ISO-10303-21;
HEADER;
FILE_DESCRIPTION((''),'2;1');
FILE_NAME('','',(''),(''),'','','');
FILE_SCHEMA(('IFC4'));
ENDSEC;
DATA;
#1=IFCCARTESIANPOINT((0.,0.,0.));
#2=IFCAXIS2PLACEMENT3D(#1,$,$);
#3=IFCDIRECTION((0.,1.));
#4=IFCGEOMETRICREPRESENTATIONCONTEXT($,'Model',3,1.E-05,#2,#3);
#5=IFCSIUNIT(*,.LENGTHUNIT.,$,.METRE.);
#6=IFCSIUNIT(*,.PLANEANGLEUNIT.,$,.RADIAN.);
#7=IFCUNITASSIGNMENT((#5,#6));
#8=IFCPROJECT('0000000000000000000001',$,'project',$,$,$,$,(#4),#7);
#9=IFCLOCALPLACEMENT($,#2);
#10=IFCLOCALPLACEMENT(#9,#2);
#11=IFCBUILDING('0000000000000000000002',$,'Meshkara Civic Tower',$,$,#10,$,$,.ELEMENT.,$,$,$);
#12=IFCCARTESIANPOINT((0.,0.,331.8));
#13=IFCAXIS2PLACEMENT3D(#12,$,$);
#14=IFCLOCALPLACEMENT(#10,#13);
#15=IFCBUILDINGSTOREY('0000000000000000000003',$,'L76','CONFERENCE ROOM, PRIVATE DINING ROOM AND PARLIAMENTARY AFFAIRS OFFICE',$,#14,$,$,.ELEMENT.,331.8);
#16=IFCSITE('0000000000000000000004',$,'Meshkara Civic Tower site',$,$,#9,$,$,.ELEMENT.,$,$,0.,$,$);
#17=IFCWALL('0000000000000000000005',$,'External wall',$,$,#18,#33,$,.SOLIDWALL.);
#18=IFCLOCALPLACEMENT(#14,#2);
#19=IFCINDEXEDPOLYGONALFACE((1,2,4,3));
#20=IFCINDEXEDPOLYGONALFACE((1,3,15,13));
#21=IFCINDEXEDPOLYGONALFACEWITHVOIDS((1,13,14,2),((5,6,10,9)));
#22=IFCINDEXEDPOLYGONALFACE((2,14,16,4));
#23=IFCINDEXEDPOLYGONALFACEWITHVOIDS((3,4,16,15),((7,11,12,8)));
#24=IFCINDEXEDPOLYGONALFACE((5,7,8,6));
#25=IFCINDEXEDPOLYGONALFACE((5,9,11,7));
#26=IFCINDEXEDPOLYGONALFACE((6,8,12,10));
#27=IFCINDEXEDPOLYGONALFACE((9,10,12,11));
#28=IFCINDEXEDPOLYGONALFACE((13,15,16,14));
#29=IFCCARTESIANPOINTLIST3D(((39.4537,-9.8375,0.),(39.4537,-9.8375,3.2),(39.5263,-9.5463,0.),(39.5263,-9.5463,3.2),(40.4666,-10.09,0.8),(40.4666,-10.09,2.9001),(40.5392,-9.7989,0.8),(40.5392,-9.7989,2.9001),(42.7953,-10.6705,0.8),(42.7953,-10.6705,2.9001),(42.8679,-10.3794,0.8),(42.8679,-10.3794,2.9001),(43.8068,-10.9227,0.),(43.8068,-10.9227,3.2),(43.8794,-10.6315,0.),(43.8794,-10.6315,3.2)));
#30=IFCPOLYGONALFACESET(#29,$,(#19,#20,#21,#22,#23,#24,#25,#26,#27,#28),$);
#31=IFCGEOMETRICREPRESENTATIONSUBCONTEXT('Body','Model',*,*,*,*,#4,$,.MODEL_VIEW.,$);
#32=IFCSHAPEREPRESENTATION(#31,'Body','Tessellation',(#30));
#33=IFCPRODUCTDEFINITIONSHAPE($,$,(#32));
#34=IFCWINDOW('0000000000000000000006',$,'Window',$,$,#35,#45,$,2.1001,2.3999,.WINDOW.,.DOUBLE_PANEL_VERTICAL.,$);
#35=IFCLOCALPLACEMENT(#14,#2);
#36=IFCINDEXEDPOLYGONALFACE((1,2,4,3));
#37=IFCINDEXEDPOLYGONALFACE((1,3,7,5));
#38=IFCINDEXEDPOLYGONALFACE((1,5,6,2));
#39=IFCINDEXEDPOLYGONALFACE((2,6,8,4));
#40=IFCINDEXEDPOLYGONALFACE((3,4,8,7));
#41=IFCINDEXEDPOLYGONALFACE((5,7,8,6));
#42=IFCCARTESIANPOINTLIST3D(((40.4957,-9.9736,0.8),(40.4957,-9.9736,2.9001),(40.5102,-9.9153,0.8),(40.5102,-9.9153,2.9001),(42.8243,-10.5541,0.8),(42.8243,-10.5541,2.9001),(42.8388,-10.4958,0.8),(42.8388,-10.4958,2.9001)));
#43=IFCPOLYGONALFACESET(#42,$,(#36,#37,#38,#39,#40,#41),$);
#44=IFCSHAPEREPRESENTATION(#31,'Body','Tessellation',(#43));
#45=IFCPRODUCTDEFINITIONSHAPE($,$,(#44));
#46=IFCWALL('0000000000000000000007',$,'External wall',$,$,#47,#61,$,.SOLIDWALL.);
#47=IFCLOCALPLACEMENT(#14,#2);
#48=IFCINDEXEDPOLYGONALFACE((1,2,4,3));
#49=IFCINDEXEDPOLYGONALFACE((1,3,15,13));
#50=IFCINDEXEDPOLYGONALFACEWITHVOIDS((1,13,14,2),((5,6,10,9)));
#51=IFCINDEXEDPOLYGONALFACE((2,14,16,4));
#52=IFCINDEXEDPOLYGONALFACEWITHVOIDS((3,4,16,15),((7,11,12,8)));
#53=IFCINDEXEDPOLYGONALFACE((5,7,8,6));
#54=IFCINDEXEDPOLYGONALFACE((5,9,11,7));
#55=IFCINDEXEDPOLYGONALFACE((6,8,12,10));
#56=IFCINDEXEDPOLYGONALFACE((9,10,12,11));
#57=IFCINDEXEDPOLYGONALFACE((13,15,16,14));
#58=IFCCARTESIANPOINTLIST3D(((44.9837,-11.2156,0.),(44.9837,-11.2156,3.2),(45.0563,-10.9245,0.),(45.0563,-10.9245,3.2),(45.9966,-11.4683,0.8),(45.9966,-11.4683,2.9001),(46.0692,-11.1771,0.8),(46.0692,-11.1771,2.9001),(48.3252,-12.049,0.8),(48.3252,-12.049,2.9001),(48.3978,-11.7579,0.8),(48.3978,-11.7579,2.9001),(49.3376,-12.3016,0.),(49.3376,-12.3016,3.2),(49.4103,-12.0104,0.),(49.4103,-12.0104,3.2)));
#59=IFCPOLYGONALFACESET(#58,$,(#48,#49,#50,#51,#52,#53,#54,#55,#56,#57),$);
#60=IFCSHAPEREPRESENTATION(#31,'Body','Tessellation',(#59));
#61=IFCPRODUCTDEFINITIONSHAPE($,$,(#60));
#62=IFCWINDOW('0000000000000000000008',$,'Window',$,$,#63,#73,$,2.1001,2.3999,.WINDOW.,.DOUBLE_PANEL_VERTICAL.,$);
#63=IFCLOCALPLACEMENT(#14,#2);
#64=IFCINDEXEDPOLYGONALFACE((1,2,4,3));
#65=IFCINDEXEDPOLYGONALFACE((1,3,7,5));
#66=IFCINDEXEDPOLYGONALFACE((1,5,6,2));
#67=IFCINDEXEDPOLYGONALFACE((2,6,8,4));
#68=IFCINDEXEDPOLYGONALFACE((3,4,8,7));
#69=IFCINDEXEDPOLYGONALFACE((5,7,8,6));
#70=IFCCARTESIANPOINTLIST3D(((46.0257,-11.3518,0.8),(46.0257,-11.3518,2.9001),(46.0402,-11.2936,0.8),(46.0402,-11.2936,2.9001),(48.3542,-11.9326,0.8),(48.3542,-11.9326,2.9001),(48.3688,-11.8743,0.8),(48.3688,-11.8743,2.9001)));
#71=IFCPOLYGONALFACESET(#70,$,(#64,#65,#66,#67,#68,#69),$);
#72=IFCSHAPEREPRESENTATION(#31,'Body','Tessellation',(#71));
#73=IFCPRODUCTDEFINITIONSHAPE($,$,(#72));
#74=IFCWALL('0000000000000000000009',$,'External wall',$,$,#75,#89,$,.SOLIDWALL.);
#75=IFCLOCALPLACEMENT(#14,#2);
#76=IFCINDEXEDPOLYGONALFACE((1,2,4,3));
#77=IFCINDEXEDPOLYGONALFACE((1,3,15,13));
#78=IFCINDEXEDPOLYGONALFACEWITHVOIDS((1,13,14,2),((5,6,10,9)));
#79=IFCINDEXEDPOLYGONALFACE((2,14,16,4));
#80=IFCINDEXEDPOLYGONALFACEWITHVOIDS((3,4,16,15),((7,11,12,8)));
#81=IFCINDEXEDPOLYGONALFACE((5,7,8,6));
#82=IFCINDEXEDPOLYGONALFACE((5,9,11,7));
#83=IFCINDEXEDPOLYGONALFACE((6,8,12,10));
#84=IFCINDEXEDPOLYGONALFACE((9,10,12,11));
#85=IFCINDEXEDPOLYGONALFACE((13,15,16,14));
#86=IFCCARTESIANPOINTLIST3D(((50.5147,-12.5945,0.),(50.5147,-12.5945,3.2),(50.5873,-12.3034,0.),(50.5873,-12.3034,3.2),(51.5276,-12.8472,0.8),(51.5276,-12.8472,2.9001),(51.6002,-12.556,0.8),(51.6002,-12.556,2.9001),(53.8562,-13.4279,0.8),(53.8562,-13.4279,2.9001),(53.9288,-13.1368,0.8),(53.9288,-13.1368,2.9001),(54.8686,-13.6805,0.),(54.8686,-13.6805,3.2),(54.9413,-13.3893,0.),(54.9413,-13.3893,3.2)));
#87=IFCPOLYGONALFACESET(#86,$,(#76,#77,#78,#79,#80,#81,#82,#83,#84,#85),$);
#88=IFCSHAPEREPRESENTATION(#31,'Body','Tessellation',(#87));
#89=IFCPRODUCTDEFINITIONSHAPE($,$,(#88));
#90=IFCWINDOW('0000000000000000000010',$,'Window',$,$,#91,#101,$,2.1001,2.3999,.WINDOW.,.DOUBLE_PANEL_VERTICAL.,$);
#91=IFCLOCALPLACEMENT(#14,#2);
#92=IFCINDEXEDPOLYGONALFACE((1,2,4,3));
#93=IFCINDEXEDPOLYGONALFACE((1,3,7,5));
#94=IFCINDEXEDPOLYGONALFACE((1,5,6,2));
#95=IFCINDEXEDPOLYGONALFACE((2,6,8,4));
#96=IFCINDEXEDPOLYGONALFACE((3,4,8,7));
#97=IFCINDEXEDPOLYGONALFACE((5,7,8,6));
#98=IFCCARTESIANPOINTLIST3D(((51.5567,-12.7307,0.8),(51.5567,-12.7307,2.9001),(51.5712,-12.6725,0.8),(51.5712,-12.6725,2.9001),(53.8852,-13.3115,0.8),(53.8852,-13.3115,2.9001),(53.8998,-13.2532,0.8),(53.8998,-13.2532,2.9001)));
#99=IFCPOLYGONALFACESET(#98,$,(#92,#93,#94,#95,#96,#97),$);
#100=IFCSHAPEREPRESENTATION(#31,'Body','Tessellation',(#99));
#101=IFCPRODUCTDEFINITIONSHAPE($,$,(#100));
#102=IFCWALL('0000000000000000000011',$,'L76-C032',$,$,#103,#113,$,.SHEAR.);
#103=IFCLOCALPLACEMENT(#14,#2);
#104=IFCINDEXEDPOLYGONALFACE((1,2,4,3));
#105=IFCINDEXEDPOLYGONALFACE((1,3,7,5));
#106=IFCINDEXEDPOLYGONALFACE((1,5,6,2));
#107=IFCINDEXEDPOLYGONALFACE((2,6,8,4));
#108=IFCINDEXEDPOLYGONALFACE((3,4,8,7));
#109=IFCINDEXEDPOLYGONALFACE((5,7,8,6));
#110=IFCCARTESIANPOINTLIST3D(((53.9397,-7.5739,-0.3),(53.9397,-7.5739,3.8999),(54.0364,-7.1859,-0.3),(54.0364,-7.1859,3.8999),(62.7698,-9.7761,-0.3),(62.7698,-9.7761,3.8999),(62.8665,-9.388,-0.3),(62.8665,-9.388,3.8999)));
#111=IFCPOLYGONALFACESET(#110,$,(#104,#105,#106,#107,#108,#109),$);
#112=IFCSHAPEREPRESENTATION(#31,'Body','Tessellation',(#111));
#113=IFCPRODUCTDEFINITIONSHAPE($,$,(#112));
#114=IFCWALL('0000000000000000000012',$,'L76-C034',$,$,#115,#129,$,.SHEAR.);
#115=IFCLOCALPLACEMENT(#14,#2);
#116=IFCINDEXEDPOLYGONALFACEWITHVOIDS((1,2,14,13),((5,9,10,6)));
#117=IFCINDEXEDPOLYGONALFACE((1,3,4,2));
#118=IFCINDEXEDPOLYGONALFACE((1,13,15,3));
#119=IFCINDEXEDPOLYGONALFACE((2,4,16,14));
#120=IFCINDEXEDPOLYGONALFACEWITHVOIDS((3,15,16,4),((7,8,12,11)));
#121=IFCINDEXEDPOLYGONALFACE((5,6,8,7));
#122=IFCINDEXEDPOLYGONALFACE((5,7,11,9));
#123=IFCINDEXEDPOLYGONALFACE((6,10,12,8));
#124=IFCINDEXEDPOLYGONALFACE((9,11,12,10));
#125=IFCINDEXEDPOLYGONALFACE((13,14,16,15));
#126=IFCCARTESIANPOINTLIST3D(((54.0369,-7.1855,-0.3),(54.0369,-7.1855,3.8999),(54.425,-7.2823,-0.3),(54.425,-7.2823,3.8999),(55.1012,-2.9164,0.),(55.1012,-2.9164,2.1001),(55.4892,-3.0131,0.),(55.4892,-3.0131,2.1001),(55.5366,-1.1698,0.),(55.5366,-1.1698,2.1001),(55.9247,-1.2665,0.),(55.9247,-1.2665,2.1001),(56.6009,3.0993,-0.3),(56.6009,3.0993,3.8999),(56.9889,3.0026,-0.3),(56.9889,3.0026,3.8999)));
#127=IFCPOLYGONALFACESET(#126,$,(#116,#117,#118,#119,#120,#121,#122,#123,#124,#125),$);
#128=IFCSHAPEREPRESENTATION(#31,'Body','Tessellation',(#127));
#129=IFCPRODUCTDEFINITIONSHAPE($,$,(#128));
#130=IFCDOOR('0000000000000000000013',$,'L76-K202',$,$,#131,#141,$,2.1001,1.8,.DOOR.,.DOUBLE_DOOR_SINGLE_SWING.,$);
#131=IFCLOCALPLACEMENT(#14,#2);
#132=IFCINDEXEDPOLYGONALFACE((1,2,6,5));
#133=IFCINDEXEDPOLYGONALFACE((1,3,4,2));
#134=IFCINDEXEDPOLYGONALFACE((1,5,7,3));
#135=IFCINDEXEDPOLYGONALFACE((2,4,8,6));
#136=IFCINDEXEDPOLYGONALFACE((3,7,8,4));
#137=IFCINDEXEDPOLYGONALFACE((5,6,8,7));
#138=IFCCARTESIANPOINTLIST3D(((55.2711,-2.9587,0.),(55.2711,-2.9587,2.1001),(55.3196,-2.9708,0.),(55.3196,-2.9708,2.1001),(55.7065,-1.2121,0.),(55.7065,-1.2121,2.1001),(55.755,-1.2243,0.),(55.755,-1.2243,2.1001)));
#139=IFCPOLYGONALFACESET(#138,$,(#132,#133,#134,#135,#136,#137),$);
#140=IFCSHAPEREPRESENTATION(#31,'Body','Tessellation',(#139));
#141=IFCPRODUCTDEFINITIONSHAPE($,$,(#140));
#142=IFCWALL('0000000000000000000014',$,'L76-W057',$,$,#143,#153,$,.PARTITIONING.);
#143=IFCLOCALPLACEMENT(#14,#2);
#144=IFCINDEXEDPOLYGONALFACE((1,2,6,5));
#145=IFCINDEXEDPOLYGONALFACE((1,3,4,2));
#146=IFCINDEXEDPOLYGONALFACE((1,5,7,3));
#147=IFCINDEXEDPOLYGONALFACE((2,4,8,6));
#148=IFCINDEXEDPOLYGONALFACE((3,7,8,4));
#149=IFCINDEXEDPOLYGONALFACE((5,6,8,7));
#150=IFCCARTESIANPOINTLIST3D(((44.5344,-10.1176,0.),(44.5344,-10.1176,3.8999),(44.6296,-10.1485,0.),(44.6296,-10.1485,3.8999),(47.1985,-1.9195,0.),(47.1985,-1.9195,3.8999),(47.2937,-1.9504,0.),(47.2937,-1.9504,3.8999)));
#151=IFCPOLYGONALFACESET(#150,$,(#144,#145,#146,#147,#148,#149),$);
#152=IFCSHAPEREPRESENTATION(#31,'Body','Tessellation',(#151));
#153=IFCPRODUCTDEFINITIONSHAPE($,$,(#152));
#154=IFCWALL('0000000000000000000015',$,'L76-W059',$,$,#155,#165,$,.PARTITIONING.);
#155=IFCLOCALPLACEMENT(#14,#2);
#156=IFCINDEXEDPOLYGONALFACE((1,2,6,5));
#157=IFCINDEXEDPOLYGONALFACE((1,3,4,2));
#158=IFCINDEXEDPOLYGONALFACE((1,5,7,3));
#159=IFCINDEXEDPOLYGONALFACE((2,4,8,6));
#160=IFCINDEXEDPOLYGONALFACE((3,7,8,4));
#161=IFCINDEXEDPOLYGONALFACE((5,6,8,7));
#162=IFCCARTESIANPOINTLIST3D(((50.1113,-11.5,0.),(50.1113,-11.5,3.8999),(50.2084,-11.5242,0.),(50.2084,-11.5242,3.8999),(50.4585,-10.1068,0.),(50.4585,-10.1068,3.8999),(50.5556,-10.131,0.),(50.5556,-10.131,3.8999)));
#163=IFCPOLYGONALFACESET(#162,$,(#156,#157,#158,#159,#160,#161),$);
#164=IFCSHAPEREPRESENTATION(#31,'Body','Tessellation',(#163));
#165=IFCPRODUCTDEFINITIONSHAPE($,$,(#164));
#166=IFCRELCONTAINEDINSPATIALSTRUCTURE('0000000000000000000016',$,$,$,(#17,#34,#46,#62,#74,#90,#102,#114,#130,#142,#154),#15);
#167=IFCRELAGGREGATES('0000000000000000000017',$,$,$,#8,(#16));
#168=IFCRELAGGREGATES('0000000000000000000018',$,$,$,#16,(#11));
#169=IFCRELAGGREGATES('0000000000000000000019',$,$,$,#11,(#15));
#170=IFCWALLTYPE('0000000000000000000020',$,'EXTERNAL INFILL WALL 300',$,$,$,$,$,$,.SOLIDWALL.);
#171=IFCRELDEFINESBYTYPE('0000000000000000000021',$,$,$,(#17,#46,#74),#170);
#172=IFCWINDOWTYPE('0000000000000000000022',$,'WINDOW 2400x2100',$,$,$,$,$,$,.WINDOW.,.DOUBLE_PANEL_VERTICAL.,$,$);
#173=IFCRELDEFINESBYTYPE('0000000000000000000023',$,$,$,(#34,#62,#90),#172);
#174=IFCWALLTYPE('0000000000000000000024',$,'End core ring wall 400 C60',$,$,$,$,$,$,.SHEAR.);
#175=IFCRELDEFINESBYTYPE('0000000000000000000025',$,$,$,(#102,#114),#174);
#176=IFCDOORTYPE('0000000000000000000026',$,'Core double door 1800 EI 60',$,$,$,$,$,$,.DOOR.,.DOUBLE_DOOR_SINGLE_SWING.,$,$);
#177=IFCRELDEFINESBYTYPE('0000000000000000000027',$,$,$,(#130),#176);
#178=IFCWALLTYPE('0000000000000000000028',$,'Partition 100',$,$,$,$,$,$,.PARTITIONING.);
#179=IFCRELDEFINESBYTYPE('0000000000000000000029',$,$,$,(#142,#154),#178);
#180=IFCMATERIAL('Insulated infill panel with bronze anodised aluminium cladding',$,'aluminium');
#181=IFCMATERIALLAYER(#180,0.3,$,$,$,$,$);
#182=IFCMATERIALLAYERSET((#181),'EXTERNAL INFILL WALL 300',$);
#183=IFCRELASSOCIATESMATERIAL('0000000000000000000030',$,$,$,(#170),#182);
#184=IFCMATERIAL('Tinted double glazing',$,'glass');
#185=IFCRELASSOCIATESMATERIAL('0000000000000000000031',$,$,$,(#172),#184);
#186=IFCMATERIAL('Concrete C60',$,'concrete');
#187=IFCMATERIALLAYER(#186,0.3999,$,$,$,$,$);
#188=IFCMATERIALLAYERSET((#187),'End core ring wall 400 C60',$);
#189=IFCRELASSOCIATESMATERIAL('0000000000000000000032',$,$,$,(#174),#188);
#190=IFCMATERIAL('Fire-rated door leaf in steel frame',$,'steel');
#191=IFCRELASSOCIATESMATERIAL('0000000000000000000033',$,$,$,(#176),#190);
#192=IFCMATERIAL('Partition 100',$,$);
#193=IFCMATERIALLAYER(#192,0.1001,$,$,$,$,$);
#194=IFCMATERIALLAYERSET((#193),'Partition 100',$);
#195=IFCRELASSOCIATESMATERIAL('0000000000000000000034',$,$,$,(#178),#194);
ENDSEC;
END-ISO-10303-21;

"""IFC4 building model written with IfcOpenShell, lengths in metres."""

from ifc_helpers import new_model, si_unit, direction, frame, frame_2d, origin, place, context, subcontext, project, spatial, rectangle, extrude, material, layer, layer_set, type_object, element, fill, save


model = new_model("IFC4")

# Units and contexts
model_context = context("Model", 3, precision=1e-05, world=origin(), true_north=direction((0.0, 1.0)))
body_context = subcontext(model_context, "Body", "Model", "MODEL_VIEW")
ifc_project = project(units=[si_unit("LENGTHUNIT", "METRE"), si_unit("PLANEANGLEUNIT", "RADIAN")], contexts=[model_context])

# Site, building, storey
site_placement = place(None, origin())
site = spatial("IfcSite", under=ifc_project, at=site_placement, Name="Meshkara Civic Tower site", CompositionType="ELEMENT", RefElevation=0.0)
building_placement = place(site_placement, origin())
building = spatial("IfcBuilding", under=site, at=building_placement, Name="Meshkara Civic Tower", CompositionType="ELEMENT")
storey_placement = place(building_placement, frame((0.0, 0.0, 331.8)))
storey = spatial("IfcBuildingStorey", under=building, at=storey_placement, Name="L76", Description="CONFERENCE ROOM, PRIVATE DINING ROOM AND PARLIAMENTARY AFFAIRS OFFICE", CompositionType="ELEMENT", Elevation=331.8)

# Walls, openings, windows
ifc_material_1 = material(Name="Insulated infill panel with bronze anodised aluminium cladding", Category="aluminium")
ifc_layer_1 = layer(ifc_material_1, 0.3)
ifc_layer_set_1 = layer_set([ifc_layer_1], Name="EXTERNAL INFILL WALL 300")
wall_type_1 = type_object("IfcWallType", Name="EXTERNAL INFILL WALL 300", PredefinedType="SOLIDWALL", material=ifc_layer_set_1)
wall_1_placement = place(storey_placement, frame((39.49, -9.6919, 0.0), z_axis=(0.0, 0.0, 1.0), x_axis=(0.970302, -0.241895, 0.0)))
wall_1 = element("IfcWall", 1, at=wall_1_placement, inside=storey, type_object=wall_type_1, Name="External wall", PredefinedType="SOLIDWALL", context=body_context, shape_type="SweptSolid", body=[
    extrude(rectangle(XDim=4.4863, YDim=0.3, at=frame_2d((2.2432, 0.0))), origin(), (0.0, 0.0, 1.0), 3.2),
])
opening_1_placement = place(wall_1_placement, frame((1.0439, 0.0, 0.8)))
opening_1 = element("IfcOpeningElement", 2, at=opening_1_placement, cuts=wall_1, PredefinedType="OPENING", context=body_context, shape_type="SweptSolid", body=[
    extrude(rectangle(XDim=2.3999, YDim=2.1001, at=frame_2d((1.2, 1.05))), frame((0.0, 0.1599, 0.0), z_axis=(0.0, -1.0, 0.0), x_axis=(1.0, 0.0, 0.0)), (0.0, 0.0, 1.0), 0.3201),
])
ifc_material_2 = material(Name="Tinted double glazing", Category="glass")
window_type = type_object("IfcWindowType", Name="WINDOW 2400x2100", PartitioningType="DOUBLE_PANEL_VERTICAL", PredefinedType="WINDOW", material=ifc_material_2)
window_1_placement = place(opening_1_placement, origin())
window_1 = element("IfcWindow", 3, at=window_1_placement, inside=storey, type_object=window_type, Name="Window", OverallHeight=2.1001, OverallWidth=2.3999, PartitioningType="DOUBLE_PANEL_VERTICAL", PredefinedType="WINDOW", context=body_context, shape_type="SweptSolid", body=[
    extrude(rectangle(XDim=2.3999, YDim=2.1001, at=frame_2d((1.2, 1.05))), frame((0.0, 0.03, 0.0), z_axis=(0.0, -1.0, 0.0), x_axis=(1.0, 0.0, 0.0)), (0.0, 0.0, 1.0), 0.0601),
])
fill(opening_1, window_1)
wall_2_placement = place(storey_placement, frame((45.02, -11.0701, 0.0), z_axis=(0.0, 0.0, 1.0), x_axis=(0.970277, -0.241998, 0.0)))
wall_2 = element("IfcWall", 4, at=wall_2_placement, inside=storey, type_object=wall_type_1, Name="External wall", PredefinedType="SOLIDWALL", context=body_context, shape_type="SweptSolid", body=[
    extrude(rectangle(XDim=4.4873, YDim=0.3, at=frame_2d((2.2437, 0.0))), origin(), (0.0, 0.0, 1.0), 3.2),
])
opening_2_placement = place(wall_2_placement, frame((1.0439, 0.0, 0.8)))
opening_2 = element("IfcOpeningElement", 5, at=opening_2_placement, cuts=wall_2, PredefinedType="OPENING", context=body_context, shape_type="SweptSolid", body=[
    extrude(rectangle(XDim=2.3999, YDim=2.1001, at=frame_2d((1.2, 1.05))), frame((0.0, 0.1599, 0.0), z_axis=(0.0, -1.0, 0.0), x_axis=(1.0, 0.0, 0.0)), (0.0, 0.0, 1.0), 0.3201),
])
window_2_placement = place(opening_2_placement, origin())
window_2 = element("IfcWindow", 6, at=window_2_placement, inside=storey, type_object=window_type, Name="Window", OverallHeight=2.1001, OverallWidth=2.3999, PartitioningType="DOUBLE_PANEL_VERTICAL", PredefinedType="WINDOW", context=body_context, shape_type="SweptSolid", body=[
    extrude(rectangle(XDim=2.3999, YDim=2.1001, at=frame_2d((1.2, 1.05))), frame((0.0, 0.03, 0.0), z_axis=(0.0, -1.0, 0.0), x_axis=(1.0, 0.0, 0.0)), (0.0, 0.0, 1.0), 0.0601),
])
fill(opening_2, window_2)
wall_3_placement = place(storey_placement, frame((50.551, -12.449, 0.0), z_axis=(0.0, 0.0, 1.0), x_axis=(0.970277, -0.241998, 0.0)))
wall_3 = element("IfcWall", 7, at=wall_3_placement, inside=storey, type_object=wall_type_1, Name="External wall", PredefinedType="SOLIDWALL", context=body_context, shape_type="SweptSolid", body=[
    extrude(rectangle(XDim=4.4873, YDim=0.3, at=frame_2d((2.2437, 0.0))), origin(), (0.0, 0.0, 1.0), 3.2),
])
opening_3_placement = place(wall_3_placement, frame((1.0439, 0.0, 0.8)))
opening_3 = element("IfcOpeningElement", 8, at=opening_3_placement, cuts=wall_3, PredefinedType="OPENING", context=body_context, shape_type="SweptSolid", body=[
    extrude(rectangle(XDim=2.3999, YDim=2.1001, at=frame_2d((1.2, 1.05))), frame((0.0, 0.1599, 0.0), z_axis=(0.0, -1.0, 0.0), x_axis=(1.0, 0.0, 0.0)), (0.0, 0.0, 1.0), 0.3201),
])
window_3_placement = place(opening_3_placement, origin())
window_3 = element("IfcWindow", 9, at=window_3_placement, inside=storey, type_object=window_type, Name="Window", OverallHeight=2.1001, OverallWidth=2.3999, PartitioningType="DOUBLE_PANEL_VERTICAL", PredefinedType="WINDOW", context=body_context, shape_type="SweptSolid", body=[
    extrude(rectangle(XDim=2.3999, YDim=2.1001, at=frame_2d((1.2, 1.05))), frame((0.0, 0.03, 0.0), z_axis=(0.0, -1.0, 0.0), x_axis=(1.0, 0.0, 0.0)), (0.0, 0.0, 1.0), 0.0601),
])
fill(opening_3, window_3)

# Wall
ifc_material_3 = material(Name="Concrete C60", Category="concrete")
ifc_layer_2 = layer(ifc_material_3, 0.3999)
ifc_layer_set_2 = layer_set([ifc_layer_2], Name="End core ring wall 400 C60")
wall_type_2 = type_object("IfcWallType", Name="End core ring wall 400 C60", PredefinedType="SHEAR", material=ifc_layer_set_2)
wall_4_placement = place(storey_placement, frame((53.988, -7.3799, -0.3), z_axis=(0.0, 0.0, 1.0), x_axis=(0.970281, -0.24198, 0.0)))
element("IfcWall", 10, at=wall_4_placement, inside=storey, type_object=wall_type_2, Name="L76-C032", PredefinedType="SHEAR", context=body_context, shape_type="SweptSolid", body=[
    extrude(rectangle(XDim=9.1006, YDim=0.3999, at=frame_2d((4.5503, 0.0))), origin(), (0.0, 0.0, 1.0), 4.2),
])

# Wall, opening, door
wall_5_placement = place(storey_placement, frame((54.231, -7.2339, -0.3), z_axis=(0.0, 0.0, 1.0), x_axis=(0.241891, 0.970304, 0.0)))
wall_5 = element("IfcWall", 11, at=wall_5_placement, inside=storey, type_object=wall_type_2, Name="L76-C034", PredefinedType="SHEAR", context=body_context, shape_type="SweptSolid", body=[
    extrude(rectangle(XDim=10.5996, YDim=0.3999, at=frame_2d((5.2998, 0.0))), origin(), (0.0, 0.0, 1.0), 4.2),
])
opening_4_placement = place(wall_5_placement, frame((4.3999, 0.0, 0.3)))
opening_4 = element("IfcOpeningElement", 12, at=opening_4_placement, cuts=wall_5, PredefinedType="OPENING", context=body_context, shape_type="SweptSolid", body=[
    extrude(rectangle(XDim=1.8, YDim=2.1001, at=frame_2d((0.8999, 1.05))), frame((0.0, 0.21, 0.0), z_axis=(0.0, -1.0, 0.0), x_axis=(1.0, 0.0, 0.0)), (0.0, 0.0, 1.0), 0.4199),
])
ifc_material_4 = material(Name="Fire-rated door leaf in steel frame", Category="steel")
door_type_1 = type_object("IfcDoorType", Name="Core double door 1800 EI 60", OperationType="DOUBLE_DOOR_SINGLE_SWING", PredefinedType="DOOR", material=ifc_material_4)
door_1_placement = place(opening_4_placement, origin())
door_1 = element("IfcDoor", 13, at=door_1_placement, inside=storey, type_object=door_type_1, Name="L76-K202", OperationType="DOUBLE_DOOR_SINGLE_SWING", OverallHeight=2.1001, OverallWidth=1.8, PredefinedType="DOOR", context=body_context, shape_type="SweptSolid", body=[
    extrude(rectangle(XDim=1.8, YDim=2.1001, at=frame_2d((0.8999, 1.05))), frame((0.0, 0.0249, 0.0), z_axis=(0.0, -1.0, 0.0), x_axis=(1.0, 0.0, 0.0)), (0.0, 0.0, 1.0), 0.05),
])
fill(opening_4, door_1)

# Walls
ifc_material_5 = material(Name="Partition 100")
ifc_layer_3 = layer(ifc_material_5, 0.1001)
ifc_layer_set_3 = layer_set([ifc_layer_3], Name="Partition 100")
wall_type_3 = type_object("IfcWallType", Name="Partition 100", PredefinedType="PARTITIONING", material=ifc_layer_set_3)
wall_6_placement = place(storey_placement, frame((44.582, -10.1331, 0.0), z_axis=(0.0, 0.0, 1.0), x_axis=(0.309056, 0.951044, 0.0)))
element("IfcWall", 14, at=wall_6_placement, inside=storey, type_object=wall_type_3, Name="L76-W057", PredefinedType="PARTITIONING", context=body_context, shape_type="SweptSolid", body=[
    extrude(rectangle(XDim=8.6201, YDim=0.1001, at=frame_2d((4.3101, 0.0))), origin(), (0.0, 0.0, 1.0), 3.8999),
])
wall_7_placement = place(storey_placement, frame((50.1599, -11.512, 0.0), z_axis=(0.0, 0.0, 1.0), x_axis=(0.241815, 0.970322, 0.0)))
element("IfcWall", 15, at=wall_7_placement, inside=storey, type_object=wall_type_3, Name="L76-W059", PredefinedType="PARTITIONING", context=body_context, shape_type="SweptSolid", body=[
    extrude(rectangle(XDim=1.4358, YDim=0.1001, at=frame_2d((0.7178, 0.0))), origin(), (0.0, 0.0, 1.0), 3.8999),
])

save(model, "model.ifc")
